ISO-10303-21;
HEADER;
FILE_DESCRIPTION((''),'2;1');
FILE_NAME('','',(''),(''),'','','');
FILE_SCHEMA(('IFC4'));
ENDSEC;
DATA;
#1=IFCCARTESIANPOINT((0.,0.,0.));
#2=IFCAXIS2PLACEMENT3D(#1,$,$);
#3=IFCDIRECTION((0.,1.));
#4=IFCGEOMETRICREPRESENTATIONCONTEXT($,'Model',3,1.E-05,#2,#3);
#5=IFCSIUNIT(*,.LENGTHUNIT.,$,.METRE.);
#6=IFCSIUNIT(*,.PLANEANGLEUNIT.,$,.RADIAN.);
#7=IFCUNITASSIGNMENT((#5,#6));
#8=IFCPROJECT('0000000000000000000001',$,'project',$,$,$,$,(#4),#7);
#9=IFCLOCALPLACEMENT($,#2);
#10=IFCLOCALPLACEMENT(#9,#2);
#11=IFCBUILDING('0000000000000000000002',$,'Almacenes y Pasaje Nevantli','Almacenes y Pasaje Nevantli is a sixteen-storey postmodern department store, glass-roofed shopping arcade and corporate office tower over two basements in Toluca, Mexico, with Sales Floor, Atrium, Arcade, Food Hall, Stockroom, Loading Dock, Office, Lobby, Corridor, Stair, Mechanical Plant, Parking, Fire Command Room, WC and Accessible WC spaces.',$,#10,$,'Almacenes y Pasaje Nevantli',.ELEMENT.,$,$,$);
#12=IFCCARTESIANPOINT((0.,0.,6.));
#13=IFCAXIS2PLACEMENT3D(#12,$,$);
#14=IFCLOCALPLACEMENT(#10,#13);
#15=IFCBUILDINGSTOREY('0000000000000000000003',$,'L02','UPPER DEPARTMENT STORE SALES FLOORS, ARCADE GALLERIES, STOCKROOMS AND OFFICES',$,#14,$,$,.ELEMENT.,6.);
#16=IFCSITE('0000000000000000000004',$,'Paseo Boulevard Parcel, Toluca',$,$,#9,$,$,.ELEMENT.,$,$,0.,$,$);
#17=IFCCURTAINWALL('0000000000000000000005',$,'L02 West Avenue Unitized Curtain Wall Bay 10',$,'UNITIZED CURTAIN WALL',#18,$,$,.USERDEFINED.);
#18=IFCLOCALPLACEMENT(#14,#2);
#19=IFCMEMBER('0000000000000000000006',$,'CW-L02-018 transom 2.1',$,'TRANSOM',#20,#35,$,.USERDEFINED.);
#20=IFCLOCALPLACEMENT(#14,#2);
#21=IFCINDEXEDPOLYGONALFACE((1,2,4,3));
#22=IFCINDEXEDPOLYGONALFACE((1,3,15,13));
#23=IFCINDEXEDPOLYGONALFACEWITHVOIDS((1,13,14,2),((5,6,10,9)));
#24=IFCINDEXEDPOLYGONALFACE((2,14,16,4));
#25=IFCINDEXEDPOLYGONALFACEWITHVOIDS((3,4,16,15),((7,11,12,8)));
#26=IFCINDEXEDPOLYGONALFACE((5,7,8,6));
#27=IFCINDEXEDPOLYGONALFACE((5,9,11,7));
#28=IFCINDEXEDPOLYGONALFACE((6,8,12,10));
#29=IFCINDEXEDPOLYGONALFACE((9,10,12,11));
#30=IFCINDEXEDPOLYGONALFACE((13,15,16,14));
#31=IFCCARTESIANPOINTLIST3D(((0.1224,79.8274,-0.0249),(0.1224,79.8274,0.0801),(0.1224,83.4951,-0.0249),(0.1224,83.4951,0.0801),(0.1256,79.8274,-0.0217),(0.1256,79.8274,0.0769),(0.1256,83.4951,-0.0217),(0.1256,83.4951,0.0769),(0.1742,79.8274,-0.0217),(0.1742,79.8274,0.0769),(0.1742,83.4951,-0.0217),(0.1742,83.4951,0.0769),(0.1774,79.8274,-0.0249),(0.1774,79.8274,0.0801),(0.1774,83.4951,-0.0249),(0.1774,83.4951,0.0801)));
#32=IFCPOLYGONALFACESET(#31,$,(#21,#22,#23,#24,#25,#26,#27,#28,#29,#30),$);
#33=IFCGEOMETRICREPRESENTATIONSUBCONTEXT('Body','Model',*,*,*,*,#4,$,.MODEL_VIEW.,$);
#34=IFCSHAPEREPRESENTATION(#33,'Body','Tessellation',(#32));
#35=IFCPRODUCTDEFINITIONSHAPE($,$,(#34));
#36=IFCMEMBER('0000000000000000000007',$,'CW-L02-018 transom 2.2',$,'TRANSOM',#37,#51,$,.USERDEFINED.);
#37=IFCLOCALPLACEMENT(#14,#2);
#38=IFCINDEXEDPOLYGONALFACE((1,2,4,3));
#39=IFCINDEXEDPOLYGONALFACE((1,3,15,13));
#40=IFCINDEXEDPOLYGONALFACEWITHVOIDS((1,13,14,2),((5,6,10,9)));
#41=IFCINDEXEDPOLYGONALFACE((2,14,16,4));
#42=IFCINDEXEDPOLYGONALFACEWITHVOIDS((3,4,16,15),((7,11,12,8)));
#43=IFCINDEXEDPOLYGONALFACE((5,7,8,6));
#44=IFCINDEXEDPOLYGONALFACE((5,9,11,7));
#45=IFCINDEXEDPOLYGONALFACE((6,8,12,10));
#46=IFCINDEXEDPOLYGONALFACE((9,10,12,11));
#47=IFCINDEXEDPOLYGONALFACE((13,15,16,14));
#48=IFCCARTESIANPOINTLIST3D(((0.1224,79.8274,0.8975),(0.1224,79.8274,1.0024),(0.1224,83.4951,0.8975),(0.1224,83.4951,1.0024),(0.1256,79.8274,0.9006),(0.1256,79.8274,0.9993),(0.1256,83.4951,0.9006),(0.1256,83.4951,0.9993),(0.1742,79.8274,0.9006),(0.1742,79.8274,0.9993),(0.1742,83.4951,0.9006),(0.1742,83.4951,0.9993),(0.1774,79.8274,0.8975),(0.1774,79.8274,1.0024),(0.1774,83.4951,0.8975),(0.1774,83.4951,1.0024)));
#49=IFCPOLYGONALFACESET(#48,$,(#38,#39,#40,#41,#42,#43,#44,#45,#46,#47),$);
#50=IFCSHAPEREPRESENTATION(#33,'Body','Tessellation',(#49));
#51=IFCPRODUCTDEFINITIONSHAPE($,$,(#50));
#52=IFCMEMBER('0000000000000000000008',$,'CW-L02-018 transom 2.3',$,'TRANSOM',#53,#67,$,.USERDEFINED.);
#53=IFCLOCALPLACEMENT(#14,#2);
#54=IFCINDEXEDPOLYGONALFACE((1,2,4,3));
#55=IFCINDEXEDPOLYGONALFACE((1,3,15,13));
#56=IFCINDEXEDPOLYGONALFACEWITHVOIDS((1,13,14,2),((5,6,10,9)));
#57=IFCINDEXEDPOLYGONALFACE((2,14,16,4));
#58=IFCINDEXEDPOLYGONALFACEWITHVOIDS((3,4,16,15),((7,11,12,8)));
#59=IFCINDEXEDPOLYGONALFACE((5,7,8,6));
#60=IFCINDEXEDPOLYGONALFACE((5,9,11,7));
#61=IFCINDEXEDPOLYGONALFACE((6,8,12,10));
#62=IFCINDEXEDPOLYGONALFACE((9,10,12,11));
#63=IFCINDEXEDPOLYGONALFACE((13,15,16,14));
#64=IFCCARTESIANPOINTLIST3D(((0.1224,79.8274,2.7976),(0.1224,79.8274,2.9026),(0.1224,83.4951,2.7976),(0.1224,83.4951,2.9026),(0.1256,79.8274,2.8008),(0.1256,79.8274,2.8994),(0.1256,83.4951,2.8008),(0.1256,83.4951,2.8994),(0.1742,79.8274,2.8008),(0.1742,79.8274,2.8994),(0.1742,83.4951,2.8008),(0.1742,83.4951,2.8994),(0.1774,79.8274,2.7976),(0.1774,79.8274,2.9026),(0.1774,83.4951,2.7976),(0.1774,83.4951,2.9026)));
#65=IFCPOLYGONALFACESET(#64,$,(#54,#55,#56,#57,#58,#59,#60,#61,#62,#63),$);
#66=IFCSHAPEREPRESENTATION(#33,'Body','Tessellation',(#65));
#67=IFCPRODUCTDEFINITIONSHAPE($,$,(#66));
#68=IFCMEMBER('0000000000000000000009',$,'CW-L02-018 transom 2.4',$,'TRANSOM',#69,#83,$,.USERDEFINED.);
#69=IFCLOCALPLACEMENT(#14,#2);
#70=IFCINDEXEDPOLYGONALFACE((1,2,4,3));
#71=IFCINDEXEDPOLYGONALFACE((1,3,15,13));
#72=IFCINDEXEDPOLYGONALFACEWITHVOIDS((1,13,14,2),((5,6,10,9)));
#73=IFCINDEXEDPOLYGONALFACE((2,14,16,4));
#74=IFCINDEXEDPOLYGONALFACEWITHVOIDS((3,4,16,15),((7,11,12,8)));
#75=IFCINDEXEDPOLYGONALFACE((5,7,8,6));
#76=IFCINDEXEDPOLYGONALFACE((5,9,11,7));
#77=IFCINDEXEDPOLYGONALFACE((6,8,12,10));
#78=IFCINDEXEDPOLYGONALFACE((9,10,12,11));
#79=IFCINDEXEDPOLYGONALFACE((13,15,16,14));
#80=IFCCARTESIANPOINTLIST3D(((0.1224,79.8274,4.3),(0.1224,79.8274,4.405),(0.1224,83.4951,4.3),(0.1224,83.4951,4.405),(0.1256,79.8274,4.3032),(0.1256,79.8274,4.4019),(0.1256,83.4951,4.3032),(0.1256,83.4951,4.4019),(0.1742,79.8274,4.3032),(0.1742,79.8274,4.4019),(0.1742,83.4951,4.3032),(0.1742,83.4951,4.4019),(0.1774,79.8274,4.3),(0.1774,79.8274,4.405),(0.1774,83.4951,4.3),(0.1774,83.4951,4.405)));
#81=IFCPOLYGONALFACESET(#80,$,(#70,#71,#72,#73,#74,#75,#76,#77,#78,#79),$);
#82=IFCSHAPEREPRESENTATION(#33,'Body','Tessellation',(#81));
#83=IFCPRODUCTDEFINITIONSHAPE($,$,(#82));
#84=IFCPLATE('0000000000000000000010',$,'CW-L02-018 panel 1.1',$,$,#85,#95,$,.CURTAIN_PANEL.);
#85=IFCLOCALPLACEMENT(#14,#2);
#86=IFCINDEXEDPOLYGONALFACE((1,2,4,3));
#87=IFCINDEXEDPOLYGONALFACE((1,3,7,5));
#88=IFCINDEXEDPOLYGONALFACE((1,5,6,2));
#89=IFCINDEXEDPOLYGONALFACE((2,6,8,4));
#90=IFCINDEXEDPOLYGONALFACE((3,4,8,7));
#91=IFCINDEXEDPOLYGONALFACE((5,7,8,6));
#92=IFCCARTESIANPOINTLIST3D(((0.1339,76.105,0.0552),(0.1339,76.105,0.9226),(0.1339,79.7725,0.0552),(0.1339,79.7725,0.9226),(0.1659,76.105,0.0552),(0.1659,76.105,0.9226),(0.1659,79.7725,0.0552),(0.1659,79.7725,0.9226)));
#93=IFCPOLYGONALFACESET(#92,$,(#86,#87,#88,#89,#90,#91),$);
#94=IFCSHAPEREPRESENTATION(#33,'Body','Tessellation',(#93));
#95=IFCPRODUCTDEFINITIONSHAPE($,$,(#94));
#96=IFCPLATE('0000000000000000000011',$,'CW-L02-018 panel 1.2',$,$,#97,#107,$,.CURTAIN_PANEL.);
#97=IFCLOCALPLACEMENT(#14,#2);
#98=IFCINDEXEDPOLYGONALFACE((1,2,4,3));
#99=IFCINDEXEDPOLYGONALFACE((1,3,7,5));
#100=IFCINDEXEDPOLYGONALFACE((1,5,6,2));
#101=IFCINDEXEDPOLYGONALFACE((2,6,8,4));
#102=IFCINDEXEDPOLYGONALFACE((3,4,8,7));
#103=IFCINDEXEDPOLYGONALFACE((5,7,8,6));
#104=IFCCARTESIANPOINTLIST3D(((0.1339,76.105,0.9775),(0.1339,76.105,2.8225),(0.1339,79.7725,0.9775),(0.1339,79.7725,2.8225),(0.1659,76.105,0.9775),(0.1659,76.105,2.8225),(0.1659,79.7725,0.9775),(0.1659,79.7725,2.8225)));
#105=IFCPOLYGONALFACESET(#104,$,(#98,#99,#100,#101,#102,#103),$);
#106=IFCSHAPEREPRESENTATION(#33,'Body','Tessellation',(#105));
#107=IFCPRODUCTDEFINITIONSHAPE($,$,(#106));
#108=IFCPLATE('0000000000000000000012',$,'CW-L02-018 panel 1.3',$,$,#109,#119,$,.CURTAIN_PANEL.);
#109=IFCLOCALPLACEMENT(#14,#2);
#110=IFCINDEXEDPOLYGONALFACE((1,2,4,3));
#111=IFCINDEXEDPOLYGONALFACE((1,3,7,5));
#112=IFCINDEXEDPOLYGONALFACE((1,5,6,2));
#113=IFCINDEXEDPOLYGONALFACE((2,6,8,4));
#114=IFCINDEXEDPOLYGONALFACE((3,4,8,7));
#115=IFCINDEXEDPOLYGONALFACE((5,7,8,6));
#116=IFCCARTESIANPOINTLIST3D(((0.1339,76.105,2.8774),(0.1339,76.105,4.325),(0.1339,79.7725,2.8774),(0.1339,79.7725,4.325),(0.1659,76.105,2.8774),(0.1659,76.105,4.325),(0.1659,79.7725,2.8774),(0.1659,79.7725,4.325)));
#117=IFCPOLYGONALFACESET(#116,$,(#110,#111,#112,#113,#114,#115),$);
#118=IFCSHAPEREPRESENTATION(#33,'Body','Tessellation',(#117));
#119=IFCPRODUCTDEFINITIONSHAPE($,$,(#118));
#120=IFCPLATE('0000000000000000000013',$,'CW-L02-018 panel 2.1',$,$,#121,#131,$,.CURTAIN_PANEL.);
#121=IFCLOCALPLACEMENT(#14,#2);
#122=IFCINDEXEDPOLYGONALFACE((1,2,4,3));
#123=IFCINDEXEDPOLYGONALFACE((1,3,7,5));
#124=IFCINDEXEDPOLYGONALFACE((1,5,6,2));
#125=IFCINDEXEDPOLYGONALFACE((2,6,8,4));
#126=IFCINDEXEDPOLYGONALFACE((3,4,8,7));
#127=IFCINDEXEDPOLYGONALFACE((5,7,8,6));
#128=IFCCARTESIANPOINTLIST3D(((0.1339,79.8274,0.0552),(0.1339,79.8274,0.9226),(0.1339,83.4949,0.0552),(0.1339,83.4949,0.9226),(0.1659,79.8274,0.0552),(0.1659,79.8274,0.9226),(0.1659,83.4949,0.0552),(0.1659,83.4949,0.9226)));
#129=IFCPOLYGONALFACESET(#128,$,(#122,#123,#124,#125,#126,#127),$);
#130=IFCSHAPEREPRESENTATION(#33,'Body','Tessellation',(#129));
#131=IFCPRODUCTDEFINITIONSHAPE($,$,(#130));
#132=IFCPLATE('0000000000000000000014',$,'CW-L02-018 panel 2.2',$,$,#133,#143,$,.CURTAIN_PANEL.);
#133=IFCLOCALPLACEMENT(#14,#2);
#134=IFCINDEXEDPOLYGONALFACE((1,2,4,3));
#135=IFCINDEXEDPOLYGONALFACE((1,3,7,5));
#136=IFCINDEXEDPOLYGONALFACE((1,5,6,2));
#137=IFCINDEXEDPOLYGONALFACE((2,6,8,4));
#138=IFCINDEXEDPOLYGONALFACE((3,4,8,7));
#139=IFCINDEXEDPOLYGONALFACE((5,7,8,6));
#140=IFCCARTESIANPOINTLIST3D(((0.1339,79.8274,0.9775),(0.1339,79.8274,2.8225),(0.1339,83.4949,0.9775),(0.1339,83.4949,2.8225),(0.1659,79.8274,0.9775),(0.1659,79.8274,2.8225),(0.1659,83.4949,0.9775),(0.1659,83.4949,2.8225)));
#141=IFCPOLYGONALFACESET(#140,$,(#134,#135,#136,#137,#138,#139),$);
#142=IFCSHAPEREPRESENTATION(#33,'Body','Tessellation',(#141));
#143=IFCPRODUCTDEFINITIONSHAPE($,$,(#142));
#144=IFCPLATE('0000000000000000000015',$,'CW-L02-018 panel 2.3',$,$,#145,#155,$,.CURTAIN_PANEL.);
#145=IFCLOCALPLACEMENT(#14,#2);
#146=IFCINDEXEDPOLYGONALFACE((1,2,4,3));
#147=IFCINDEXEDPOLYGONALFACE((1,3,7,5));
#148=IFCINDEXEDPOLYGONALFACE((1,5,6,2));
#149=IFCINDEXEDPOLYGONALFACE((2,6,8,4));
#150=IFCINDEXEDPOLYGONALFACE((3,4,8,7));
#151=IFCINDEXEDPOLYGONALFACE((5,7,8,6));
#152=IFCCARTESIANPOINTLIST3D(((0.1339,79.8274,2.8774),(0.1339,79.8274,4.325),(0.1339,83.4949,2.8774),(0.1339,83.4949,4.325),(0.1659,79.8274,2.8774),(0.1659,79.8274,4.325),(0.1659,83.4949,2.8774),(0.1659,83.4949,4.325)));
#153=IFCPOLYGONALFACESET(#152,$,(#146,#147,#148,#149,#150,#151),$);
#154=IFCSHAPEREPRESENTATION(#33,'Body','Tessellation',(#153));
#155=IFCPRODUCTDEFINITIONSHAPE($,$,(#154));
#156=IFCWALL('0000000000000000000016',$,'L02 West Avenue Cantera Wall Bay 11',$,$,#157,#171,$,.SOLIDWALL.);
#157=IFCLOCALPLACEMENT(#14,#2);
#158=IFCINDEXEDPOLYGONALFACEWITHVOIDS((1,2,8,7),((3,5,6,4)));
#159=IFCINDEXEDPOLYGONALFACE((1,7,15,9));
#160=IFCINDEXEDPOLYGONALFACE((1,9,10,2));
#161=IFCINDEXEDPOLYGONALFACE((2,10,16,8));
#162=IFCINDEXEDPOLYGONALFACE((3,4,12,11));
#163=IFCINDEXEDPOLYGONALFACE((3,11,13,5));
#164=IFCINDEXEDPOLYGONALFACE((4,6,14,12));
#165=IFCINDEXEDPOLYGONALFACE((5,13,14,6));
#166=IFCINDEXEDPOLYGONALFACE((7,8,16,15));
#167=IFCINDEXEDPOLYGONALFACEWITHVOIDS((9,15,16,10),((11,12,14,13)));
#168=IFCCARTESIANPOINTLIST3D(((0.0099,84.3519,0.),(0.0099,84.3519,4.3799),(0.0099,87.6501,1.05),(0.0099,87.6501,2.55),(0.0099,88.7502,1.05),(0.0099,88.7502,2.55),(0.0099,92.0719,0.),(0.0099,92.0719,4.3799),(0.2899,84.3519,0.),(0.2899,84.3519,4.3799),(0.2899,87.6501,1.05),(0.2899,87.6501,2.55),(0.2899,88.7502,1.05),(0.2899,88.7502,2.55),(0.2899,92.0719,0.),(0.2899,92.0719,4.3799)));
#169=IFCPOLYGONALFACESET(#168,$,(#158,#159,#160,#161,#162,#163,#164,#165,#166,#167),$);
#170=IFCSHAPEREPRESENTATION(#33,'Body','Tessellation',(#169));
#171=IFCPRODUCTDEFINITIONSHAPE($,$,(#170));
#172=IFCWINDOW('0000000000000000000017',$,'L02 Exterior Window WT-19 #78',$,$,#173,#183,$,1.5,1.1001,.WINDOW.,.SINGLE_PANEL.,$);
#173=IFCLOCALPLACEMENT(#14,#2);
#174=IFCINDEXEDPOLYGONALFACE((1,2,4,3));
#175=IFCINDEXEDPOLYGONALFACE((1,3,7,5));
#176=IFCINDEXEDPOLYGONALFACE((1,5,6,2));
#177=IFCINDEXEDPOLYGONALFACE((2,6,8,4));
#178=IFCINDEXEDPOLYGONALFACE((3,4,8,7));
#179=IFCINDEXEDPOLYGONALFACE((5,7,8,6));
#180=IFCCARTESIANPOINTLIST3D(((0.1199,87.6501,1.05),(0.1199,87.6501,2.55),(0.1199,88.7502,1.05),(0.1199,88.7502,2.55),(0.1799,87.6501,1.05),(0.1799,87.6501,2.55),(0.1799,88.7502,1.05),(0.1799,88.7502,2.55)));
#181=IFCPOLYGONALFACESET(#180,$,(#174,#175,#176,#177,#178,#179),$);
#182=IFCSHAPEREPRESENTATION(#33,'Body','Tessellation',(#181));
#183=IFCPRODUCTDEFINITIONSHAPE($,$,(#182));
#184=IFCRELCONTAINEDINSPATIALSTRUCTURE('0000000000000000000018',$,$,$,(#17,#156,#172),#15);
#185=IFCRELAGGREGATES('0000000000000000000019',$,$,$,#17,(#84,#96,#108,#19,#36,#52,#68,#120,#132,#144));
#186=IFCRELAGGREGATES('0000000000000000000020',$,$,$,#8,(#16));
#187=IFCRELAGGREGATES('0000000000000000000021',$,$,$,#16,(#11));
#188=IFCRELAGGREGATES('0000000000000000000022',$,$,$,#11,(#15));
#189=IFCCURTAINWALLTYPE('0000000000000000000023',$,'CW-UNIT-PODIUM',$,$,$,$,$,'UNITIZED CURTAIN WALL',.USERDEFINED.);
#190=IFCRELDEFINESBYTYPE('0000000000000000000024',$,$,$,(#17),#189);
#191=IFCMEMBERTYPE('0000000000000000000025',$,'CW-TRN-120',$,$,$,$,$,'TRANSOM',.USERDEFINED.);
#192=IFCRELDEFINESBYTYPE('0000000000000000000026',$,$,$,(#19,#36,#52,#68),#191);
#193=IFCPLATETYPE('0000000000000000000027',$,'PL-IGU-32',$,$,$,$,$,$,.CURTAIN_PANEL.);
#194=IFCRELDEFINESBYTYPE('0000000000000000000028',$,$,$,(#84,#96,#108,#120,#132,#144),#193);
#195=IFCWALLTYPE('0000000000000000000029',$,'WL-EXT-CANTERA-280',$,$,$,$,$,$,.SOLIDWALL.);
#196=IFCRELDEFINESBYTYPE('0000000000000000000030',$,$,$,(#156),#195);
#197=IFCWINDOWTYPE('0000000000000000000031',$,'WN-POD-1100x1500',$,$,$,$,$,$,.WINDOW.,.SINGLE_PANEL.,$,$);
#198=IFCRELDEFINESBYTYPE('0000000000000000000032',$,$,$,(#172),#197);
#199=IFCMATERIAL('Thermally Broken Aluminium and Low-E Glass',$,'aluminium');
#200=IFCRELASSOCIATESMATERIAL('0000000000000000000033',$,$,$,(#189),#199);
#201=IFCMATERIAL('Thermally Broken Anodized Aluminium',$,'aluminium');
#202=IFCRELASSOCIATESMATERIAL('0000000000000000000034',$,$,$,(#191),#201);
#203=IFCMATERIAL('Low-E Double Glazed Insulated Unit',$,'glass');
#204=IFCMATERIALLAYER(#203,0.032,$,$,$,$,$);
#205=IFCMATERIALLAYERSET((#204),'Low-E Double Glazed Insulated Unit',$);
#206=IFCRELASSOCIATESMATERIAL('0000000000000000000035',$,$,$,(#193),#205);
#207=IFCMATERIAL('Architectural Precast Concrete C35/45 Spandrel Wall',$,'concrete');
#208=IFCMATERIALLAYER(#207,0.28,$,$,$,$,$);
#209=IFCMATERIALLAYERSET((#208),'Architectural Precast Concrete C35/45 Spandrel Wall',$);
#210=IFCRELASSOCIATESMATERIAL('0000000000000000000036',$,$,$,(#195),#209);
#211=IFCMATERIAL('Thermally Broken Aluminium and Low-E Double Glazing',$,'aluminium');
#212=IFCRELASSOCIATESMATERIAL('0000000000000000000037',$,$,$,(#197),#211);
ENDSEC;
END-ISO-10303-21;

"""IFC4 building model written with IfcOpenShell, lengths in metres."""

from ifc_helpers import new_model, si_unit, direction, frame, frame_2d, origin, origin_2d, place, context, subcontext, project, spatial, rectangle, hollow_rectangle, extrude, material, layer, layer_set, material_profile, profile_set, type_object, element, fill, aggregate, save


model = new_model("IFC4")

# Units and contexts
model_context = context("Model", 3, precision=1e-05, world=origin(), true_north=direction((0.0, 1.0)))
body_context = subcontext(model_context, "Body", "Model", "MODEL_VIEW")
ifc_project = project(units=[si_unit("LENGTHUNIT", "METRE"), si_unit("PLANEANGLEUNIT", "RADIAN")], contexts=[model_context])

# Site, building, storey
site_placement = place(None, origin())
site = spatial("IfcSite", under=ifc_project, at=site_placement, Name="Paseo Boulevard Parcel, Toluca", CompositionType="ELEMENT", RefElevation=0.0)
building_placement = place(site_placement, origin())
building = spatial("IfcBuilding", under=site, at=building_placement, Name="Almacenes y Pasaje Nevantli", Description="Almacenes y Pasaje Nevantli is a sixteen-storey postmodern department store, glass-roofed shopping arcade and corporate office tower over two basements in Toluca, Mexico, with Sales Floor, Atrium, Arcade, Food Hall, Stockroom, Loading Dock, Office, Lobby, Corridor, Stair, Mechanical Plant, Parking, Fire Command Room, WC and Accessible WC spaces.", LongName="Almacenes y Pasaje Nevantli", CompositionType="ELEMENT")
storey_placement = place(building_placement, frame((0.0, 0.0, 6.0)))
storey = spatial("IfcBuildingStorey", under=building, at=storey_placement, Name="L02", Description="UPPER DEPARTMENT STORE SALES FLOORS, ARCADE GALLERIES, STOCKROOMS AND OFFICES", CompositionType="ELEMENT", Elevation=6.0)

# Curtain wall, members, plates
ifc_material_1 = material(Name="Thermally Broken Aluminium and Low-E Glass", Category="aluminium")
curtain_wall_type = type_object("IfcCurtainWallType", Name="CW-UNIT-PODIUM", ElementType="UNITIZED CURTAIN WALL", PredefinedType="USERDEFINED", material=ifc_material_1)
curtain_wall_placement = place(storey_placement, origin())
curtain_wall = element("IfcCurtainWall", 1, at=curtain_wall_placement, inside=storey, type_object=curtain_wall_type, Name="L02 West Avenue Unitized Curtain Wall Bay 10", ObjectType="UNITIZED CURTAIN WALL", PredefinedType="USERDEFINED")
ifc_material_2 = material(Name="Thermally Broken Anodized Aluminium", Category="aluminium")
ifc_material_profile_1 = material_profile(ifc_material_2, hollow_rectangle(XDim=0.0549, YDim=0.105, WallThickness=0.0032, at=origin_2d()), Name="ALU-TRN-55x105")
ifc_profile_set_1 = profile_set([ifc_material_profile_1], Name="Thermally Broken Anodized Aluminium")
member_type_1 = type_object("IfcMemberType", Name="CW-TRN-120", ElementType="TRANSOM", PredefinedType="USERDEFINED", material=ifc_profile_set_1)
member_1_placement = place(storey_placement, frame((0.1499, 79.8274, 0.0276), z_axis=(0.0, 1.0, 0.0), x_axis=(-1.0, 0.0, 0.0)))
member_1 = element("IfcMember", 2, at=member_1_placement, type_object=member_type_1, Name="CW-L02-018 transom 2.1", ObjectType="TRANSOM", PredefinedType="USERDEFINED", context=body_context, shape_type="SweptSolid", body=[
    extrude(hollow_rectangle(XDim=0.0549, YDim=0.105, WallThickness=0.0032, at=origin_2d()), origin(), (0.0, 0.0, 1.0), 3.6677),
])
member_2_placement = place(storey_placement, frame((0.1499, 79.8274, 0.95), z_axis=(0.0, 1.0, 0.0), x_axis=(-1.0, 0.0, 0.0)))
member_2 = element("IfcMember", 3, at=member_2_placement, type_object=member_type_1, Name="CW-L02-018 transom 2.2", ObjectType="TRANSOM", PredefinedType="USERDEFINED", context=body_context, shape_type="SweptSolid", body=[
    extrude(hollow_rectangle(XDim=0.0549, YDim=0.105, WallThickness=0.0032, at=origin_2d()), origin(), (0.0, 0.0, 1.0), 3.6677),
])
member_3_placement = place(storey_placement, frame((0.1499, 79.8274, 2.8501), z_axis=(0.0, 1.0, 0.0), x_axis=(-1.0, 0.0, 0.0)))
member_3 = element("IfcMember", 4, at=member_3_placement, type_object=member_type_1, Name="CW-L02-018 transom 2.3", ObjectType="TRANSOM", PredefinedType="USERDEFINED", context=body_context, shape_type="SweptSolid", body=[
    extrude(hollow_rectangle(XDim=0.0549, YDim=0.105, WallThickness=0.0032, at=origin_2d()), origin(), (0.0, 0.0, 1.0), 3.6677),
])
member_4_placement = place(storey_placement, frame((0.1499, 79.8274, 4.3525), z_axis=(0.0, 1.0, 0.0), x_axis=(-1.0, 0.0, 0.0)))
member_4 = element("IfcMember", 5, at=member_4_placement, type_object=member_type_1, Name="CW-L02-018 transom 2.4", ObjectType="TRANSOM", PredefinedType="USERDEFINED", context=body_context, shape_type="SweptSolid", body=[
    extrude(hollow_rectangle(XDim=0.0549, YDim=0.105, WallThickness=0.0032, at=origin_2d()), origin(), (0.0, 0.0, 1.0), 3.6677),
])
ifc_material_3 = material(Name="Low-E Double Glazed Insulated Unit", Category="glass")
ifc_layer_1 = layer(ifc_material_3, 0.032)
ifc_layer_set_1 = layer_set([ifc_layer_1], Name="Low-E Double Glazed Insulated Unit")
plate_type = type_object("IfcPlateType", Name="PL-IGU-32", PredefinedType="CURTAIN_PANEL", material=ifc_layer_set_1)
plate_1_placement = place(storey_placement, frame((0.1499, 77.9387, 0.0552), z_axis=(0.0, 0.0, 1.0), x_axis=(0.0, 1.0, 0.0)))
plate_1 = element("IfcPlate", 6, at=plate_1_placement, type_object=plate_type, Name="CW-L02-018 panel 1.1", PredefinedType="CURTAIN_PANEL", context=body_context, shape_type="SweptSolid", body=[
    extrude(rectangle(XDim=3.6675, YDim=0.032, at=origin_2d()), origin(), (0.0, 0.0, 1.0), 0.8674),
])
plate_2_placement = place(storey_placement, frame((0.1499, 77.9387, 0.9775), z_axis=(0.0, 0.0, 1.0), x_axis=(0.0, 1.0, 0.0)))
plate_2 = element("IfcPlate", 7, at=plate_2_placement, type_object=plate_type, Name="CW-L02-018 panel 1.2", PredefinedType="CURTAIN_PANEL", context=body_context, shape_type="SweptSolid", body=[
    extrude(rectangle(XDim=3.6675, YDim=0.032, at=origin_2d()), origin(), (0.0, 0.0, 1.0), 1.845),
])
plate_3_placement = place(storey_placement, frame((0.1499, 77.9387, 2.8774), z_axis=(0.0, 0.0, 1.0), x_axis=(0.0, 1.0, 0.0)))
plate_3 = element("IfcPlate", 8, at=plate_3_placement, type_object=plate_type, Name="CW-L02-018 panel 1.3", PredefinedType="CURTAIN_PANEL", context=body_context, shape_type="SweptSolid", body=[
    extrude(rectangle(XDim=3.6675, YDim=0.032, at=origin_2d()), origin(), (0.0, 0.0, 1.0), 1.4475),
])
plate_4_placement = place(storey_placement, frame((0.1499, 81.6611, 0.0552), z_axis=(0.0, 0.0, 1.0), x_axis=(0.0, 1.0, 0.0)))
plate_4 = element("IfcPlate", 9, at=plate_4_placement, type_object=plate_type, Name="CW-L02-018 panel 2.1", PredefinedType="CURTAIN_PANEL", context=body_context, shape_type="SweptSolid", body=[
    extrude(rectangle(XDim=3.6675, YDim=0.032, at=origin_2d()), origin(), (0.0, 0.0, 1.0), 0.8674),
])
plate_5_placement = place(storey_placement, frame((0.1499, 81.6611, 0.9775), z_axis=(0.0, 0.0, 1.0), x_axis=(0.0, 1.0, 0.0)))
plate_5 = element("IfcPlate", 10, at=plate_5_placement, type_object=plate_type, Name="CW-L02-018 panel 2.2", PredefinedType="CURTAIN_PANEL", context=body_context, shape_type="SweptSolid", body=[
    extrude(rectangle(XDim=3.6675, YDim=0.032, at=origin_2d()), origin(), (0.0, 0.0, 1.0), 1.845),
])
plate_6_placement = place(storey_placement, frame((0.1499, 81.6611, 2.8774), z_axis=(0.0, 0.0, 1.0), x_axis=(0.0, 1.0, 0.0)))
plate_6 = element("IfcPlate", 11, at=plate_6_placement, type_object=plate_type, Name="CW-L02-018 panel 2.3", PredefinedType="CURTAIN_PANEL", context=body_context, shape_type="SweptSolid", body=[
    extrude(rectangle(XDim=3.6675, YDim=0.032, at=origin_2d()), origin(), (0.0, 0.0, 1.0), 1.4475),
])
aggregate(curtain_wall, [plate_1, plate_2, plate_3, member_1, member_2, member_3, member_4, plate_4, plate_5, plate_6])

# Wall, opening, window
ifc_material_4 = material(Name="Architectural Precast Concrete C35/45 Spandrel Wall", Category="concrete")
ifc_layer_2 = layer(ifc_material_4, 0.28)
ifc_layer_set_2 = layer_set([ifc_layer_2], Name="Architectural Precast Concrete C35/45 Spandrel Wall")
wall_type = type_object("IfcWallType", Name="WL-EXT-CANTERA-280", PredefinedType="SOLIDWALL", material=ifc_layer_set_2)
wall_placement = place(storey_placement, frame((0.1499, 84.3521, 0.0), z_axis=(0.0, 0.0, 1.0), x_axis=(0.0, 1.0, 0.0)))
wall = element("IfcWall", 12, at=wall_placement, inside=storey, type_object=wall_type, Name="L02 West Avenue Cantera Wall Bay 11", PredefinedType="SOLIDWALL", context=body_context, shape_type="SweptSolid", body=[
    extrude(rectangle(XDim=7.72, YDim=0.28, at=frame_2d((3.8599, 0.0))), origin(), (0.0, 0.0, 1.0), 4.3799),
])
opening_placement = place(wall_placement, frame((3.2981, 0.0, 1.05)))
opening = element("IfcOpeningElement", 13, at=opening_placement, cuts=wall, PredefinedType="OPENING", context=body_context, shape_type="SweptSolid", body=[
    extrude(rectangle(XDim=1.1001, YDim=1.5, at=frame_2d((0.55, 0.75))), frame((0.0, 0.1499, 0.0), z_axis=(0.0, -1.0, 0.0), x_axis=(1.0, 0.0, 0.0)), (0.0, 0.0, 1.0), 0.3),
])
ifc_material_5 = material(Name="Thermally Broken Aluminium and Low-E Double Glazing", Category="aluminium")
window_type = type_object("IfcWindowType", Name="WN-POD-1100x1500", PartitioningType="SINGLE_PANEL", PredefinedType="WINDOW", material=ifc_material_5)
window_placement = place(opening_placement, origin())
window = element("IfcWindow", 14, at=window_placement, inside=storey, type_object=window_type, Name="L02 Exterior Window WT-19 #78", OverallHeight=1.5, OverallWidth=1.1001, PartitioningType="SINGLE_PANEL", PredefinedType="WINDOW", context=body_context, shape_type="SweptSolid", body=[
    extrude(rectangle(XDim=1.1001, YDim=1.5, at=frame_2d((0.55, 0.75))), frame((0.0, 0.03, 0.0), z_axis=(0.0, -1.0, 0.0), x_axis=(1.0, 0.0, 0.0)), (0.0, 0.0, 1.0), 0.0601),
])
fill(opening, window)

save(model, "model.ifc")
